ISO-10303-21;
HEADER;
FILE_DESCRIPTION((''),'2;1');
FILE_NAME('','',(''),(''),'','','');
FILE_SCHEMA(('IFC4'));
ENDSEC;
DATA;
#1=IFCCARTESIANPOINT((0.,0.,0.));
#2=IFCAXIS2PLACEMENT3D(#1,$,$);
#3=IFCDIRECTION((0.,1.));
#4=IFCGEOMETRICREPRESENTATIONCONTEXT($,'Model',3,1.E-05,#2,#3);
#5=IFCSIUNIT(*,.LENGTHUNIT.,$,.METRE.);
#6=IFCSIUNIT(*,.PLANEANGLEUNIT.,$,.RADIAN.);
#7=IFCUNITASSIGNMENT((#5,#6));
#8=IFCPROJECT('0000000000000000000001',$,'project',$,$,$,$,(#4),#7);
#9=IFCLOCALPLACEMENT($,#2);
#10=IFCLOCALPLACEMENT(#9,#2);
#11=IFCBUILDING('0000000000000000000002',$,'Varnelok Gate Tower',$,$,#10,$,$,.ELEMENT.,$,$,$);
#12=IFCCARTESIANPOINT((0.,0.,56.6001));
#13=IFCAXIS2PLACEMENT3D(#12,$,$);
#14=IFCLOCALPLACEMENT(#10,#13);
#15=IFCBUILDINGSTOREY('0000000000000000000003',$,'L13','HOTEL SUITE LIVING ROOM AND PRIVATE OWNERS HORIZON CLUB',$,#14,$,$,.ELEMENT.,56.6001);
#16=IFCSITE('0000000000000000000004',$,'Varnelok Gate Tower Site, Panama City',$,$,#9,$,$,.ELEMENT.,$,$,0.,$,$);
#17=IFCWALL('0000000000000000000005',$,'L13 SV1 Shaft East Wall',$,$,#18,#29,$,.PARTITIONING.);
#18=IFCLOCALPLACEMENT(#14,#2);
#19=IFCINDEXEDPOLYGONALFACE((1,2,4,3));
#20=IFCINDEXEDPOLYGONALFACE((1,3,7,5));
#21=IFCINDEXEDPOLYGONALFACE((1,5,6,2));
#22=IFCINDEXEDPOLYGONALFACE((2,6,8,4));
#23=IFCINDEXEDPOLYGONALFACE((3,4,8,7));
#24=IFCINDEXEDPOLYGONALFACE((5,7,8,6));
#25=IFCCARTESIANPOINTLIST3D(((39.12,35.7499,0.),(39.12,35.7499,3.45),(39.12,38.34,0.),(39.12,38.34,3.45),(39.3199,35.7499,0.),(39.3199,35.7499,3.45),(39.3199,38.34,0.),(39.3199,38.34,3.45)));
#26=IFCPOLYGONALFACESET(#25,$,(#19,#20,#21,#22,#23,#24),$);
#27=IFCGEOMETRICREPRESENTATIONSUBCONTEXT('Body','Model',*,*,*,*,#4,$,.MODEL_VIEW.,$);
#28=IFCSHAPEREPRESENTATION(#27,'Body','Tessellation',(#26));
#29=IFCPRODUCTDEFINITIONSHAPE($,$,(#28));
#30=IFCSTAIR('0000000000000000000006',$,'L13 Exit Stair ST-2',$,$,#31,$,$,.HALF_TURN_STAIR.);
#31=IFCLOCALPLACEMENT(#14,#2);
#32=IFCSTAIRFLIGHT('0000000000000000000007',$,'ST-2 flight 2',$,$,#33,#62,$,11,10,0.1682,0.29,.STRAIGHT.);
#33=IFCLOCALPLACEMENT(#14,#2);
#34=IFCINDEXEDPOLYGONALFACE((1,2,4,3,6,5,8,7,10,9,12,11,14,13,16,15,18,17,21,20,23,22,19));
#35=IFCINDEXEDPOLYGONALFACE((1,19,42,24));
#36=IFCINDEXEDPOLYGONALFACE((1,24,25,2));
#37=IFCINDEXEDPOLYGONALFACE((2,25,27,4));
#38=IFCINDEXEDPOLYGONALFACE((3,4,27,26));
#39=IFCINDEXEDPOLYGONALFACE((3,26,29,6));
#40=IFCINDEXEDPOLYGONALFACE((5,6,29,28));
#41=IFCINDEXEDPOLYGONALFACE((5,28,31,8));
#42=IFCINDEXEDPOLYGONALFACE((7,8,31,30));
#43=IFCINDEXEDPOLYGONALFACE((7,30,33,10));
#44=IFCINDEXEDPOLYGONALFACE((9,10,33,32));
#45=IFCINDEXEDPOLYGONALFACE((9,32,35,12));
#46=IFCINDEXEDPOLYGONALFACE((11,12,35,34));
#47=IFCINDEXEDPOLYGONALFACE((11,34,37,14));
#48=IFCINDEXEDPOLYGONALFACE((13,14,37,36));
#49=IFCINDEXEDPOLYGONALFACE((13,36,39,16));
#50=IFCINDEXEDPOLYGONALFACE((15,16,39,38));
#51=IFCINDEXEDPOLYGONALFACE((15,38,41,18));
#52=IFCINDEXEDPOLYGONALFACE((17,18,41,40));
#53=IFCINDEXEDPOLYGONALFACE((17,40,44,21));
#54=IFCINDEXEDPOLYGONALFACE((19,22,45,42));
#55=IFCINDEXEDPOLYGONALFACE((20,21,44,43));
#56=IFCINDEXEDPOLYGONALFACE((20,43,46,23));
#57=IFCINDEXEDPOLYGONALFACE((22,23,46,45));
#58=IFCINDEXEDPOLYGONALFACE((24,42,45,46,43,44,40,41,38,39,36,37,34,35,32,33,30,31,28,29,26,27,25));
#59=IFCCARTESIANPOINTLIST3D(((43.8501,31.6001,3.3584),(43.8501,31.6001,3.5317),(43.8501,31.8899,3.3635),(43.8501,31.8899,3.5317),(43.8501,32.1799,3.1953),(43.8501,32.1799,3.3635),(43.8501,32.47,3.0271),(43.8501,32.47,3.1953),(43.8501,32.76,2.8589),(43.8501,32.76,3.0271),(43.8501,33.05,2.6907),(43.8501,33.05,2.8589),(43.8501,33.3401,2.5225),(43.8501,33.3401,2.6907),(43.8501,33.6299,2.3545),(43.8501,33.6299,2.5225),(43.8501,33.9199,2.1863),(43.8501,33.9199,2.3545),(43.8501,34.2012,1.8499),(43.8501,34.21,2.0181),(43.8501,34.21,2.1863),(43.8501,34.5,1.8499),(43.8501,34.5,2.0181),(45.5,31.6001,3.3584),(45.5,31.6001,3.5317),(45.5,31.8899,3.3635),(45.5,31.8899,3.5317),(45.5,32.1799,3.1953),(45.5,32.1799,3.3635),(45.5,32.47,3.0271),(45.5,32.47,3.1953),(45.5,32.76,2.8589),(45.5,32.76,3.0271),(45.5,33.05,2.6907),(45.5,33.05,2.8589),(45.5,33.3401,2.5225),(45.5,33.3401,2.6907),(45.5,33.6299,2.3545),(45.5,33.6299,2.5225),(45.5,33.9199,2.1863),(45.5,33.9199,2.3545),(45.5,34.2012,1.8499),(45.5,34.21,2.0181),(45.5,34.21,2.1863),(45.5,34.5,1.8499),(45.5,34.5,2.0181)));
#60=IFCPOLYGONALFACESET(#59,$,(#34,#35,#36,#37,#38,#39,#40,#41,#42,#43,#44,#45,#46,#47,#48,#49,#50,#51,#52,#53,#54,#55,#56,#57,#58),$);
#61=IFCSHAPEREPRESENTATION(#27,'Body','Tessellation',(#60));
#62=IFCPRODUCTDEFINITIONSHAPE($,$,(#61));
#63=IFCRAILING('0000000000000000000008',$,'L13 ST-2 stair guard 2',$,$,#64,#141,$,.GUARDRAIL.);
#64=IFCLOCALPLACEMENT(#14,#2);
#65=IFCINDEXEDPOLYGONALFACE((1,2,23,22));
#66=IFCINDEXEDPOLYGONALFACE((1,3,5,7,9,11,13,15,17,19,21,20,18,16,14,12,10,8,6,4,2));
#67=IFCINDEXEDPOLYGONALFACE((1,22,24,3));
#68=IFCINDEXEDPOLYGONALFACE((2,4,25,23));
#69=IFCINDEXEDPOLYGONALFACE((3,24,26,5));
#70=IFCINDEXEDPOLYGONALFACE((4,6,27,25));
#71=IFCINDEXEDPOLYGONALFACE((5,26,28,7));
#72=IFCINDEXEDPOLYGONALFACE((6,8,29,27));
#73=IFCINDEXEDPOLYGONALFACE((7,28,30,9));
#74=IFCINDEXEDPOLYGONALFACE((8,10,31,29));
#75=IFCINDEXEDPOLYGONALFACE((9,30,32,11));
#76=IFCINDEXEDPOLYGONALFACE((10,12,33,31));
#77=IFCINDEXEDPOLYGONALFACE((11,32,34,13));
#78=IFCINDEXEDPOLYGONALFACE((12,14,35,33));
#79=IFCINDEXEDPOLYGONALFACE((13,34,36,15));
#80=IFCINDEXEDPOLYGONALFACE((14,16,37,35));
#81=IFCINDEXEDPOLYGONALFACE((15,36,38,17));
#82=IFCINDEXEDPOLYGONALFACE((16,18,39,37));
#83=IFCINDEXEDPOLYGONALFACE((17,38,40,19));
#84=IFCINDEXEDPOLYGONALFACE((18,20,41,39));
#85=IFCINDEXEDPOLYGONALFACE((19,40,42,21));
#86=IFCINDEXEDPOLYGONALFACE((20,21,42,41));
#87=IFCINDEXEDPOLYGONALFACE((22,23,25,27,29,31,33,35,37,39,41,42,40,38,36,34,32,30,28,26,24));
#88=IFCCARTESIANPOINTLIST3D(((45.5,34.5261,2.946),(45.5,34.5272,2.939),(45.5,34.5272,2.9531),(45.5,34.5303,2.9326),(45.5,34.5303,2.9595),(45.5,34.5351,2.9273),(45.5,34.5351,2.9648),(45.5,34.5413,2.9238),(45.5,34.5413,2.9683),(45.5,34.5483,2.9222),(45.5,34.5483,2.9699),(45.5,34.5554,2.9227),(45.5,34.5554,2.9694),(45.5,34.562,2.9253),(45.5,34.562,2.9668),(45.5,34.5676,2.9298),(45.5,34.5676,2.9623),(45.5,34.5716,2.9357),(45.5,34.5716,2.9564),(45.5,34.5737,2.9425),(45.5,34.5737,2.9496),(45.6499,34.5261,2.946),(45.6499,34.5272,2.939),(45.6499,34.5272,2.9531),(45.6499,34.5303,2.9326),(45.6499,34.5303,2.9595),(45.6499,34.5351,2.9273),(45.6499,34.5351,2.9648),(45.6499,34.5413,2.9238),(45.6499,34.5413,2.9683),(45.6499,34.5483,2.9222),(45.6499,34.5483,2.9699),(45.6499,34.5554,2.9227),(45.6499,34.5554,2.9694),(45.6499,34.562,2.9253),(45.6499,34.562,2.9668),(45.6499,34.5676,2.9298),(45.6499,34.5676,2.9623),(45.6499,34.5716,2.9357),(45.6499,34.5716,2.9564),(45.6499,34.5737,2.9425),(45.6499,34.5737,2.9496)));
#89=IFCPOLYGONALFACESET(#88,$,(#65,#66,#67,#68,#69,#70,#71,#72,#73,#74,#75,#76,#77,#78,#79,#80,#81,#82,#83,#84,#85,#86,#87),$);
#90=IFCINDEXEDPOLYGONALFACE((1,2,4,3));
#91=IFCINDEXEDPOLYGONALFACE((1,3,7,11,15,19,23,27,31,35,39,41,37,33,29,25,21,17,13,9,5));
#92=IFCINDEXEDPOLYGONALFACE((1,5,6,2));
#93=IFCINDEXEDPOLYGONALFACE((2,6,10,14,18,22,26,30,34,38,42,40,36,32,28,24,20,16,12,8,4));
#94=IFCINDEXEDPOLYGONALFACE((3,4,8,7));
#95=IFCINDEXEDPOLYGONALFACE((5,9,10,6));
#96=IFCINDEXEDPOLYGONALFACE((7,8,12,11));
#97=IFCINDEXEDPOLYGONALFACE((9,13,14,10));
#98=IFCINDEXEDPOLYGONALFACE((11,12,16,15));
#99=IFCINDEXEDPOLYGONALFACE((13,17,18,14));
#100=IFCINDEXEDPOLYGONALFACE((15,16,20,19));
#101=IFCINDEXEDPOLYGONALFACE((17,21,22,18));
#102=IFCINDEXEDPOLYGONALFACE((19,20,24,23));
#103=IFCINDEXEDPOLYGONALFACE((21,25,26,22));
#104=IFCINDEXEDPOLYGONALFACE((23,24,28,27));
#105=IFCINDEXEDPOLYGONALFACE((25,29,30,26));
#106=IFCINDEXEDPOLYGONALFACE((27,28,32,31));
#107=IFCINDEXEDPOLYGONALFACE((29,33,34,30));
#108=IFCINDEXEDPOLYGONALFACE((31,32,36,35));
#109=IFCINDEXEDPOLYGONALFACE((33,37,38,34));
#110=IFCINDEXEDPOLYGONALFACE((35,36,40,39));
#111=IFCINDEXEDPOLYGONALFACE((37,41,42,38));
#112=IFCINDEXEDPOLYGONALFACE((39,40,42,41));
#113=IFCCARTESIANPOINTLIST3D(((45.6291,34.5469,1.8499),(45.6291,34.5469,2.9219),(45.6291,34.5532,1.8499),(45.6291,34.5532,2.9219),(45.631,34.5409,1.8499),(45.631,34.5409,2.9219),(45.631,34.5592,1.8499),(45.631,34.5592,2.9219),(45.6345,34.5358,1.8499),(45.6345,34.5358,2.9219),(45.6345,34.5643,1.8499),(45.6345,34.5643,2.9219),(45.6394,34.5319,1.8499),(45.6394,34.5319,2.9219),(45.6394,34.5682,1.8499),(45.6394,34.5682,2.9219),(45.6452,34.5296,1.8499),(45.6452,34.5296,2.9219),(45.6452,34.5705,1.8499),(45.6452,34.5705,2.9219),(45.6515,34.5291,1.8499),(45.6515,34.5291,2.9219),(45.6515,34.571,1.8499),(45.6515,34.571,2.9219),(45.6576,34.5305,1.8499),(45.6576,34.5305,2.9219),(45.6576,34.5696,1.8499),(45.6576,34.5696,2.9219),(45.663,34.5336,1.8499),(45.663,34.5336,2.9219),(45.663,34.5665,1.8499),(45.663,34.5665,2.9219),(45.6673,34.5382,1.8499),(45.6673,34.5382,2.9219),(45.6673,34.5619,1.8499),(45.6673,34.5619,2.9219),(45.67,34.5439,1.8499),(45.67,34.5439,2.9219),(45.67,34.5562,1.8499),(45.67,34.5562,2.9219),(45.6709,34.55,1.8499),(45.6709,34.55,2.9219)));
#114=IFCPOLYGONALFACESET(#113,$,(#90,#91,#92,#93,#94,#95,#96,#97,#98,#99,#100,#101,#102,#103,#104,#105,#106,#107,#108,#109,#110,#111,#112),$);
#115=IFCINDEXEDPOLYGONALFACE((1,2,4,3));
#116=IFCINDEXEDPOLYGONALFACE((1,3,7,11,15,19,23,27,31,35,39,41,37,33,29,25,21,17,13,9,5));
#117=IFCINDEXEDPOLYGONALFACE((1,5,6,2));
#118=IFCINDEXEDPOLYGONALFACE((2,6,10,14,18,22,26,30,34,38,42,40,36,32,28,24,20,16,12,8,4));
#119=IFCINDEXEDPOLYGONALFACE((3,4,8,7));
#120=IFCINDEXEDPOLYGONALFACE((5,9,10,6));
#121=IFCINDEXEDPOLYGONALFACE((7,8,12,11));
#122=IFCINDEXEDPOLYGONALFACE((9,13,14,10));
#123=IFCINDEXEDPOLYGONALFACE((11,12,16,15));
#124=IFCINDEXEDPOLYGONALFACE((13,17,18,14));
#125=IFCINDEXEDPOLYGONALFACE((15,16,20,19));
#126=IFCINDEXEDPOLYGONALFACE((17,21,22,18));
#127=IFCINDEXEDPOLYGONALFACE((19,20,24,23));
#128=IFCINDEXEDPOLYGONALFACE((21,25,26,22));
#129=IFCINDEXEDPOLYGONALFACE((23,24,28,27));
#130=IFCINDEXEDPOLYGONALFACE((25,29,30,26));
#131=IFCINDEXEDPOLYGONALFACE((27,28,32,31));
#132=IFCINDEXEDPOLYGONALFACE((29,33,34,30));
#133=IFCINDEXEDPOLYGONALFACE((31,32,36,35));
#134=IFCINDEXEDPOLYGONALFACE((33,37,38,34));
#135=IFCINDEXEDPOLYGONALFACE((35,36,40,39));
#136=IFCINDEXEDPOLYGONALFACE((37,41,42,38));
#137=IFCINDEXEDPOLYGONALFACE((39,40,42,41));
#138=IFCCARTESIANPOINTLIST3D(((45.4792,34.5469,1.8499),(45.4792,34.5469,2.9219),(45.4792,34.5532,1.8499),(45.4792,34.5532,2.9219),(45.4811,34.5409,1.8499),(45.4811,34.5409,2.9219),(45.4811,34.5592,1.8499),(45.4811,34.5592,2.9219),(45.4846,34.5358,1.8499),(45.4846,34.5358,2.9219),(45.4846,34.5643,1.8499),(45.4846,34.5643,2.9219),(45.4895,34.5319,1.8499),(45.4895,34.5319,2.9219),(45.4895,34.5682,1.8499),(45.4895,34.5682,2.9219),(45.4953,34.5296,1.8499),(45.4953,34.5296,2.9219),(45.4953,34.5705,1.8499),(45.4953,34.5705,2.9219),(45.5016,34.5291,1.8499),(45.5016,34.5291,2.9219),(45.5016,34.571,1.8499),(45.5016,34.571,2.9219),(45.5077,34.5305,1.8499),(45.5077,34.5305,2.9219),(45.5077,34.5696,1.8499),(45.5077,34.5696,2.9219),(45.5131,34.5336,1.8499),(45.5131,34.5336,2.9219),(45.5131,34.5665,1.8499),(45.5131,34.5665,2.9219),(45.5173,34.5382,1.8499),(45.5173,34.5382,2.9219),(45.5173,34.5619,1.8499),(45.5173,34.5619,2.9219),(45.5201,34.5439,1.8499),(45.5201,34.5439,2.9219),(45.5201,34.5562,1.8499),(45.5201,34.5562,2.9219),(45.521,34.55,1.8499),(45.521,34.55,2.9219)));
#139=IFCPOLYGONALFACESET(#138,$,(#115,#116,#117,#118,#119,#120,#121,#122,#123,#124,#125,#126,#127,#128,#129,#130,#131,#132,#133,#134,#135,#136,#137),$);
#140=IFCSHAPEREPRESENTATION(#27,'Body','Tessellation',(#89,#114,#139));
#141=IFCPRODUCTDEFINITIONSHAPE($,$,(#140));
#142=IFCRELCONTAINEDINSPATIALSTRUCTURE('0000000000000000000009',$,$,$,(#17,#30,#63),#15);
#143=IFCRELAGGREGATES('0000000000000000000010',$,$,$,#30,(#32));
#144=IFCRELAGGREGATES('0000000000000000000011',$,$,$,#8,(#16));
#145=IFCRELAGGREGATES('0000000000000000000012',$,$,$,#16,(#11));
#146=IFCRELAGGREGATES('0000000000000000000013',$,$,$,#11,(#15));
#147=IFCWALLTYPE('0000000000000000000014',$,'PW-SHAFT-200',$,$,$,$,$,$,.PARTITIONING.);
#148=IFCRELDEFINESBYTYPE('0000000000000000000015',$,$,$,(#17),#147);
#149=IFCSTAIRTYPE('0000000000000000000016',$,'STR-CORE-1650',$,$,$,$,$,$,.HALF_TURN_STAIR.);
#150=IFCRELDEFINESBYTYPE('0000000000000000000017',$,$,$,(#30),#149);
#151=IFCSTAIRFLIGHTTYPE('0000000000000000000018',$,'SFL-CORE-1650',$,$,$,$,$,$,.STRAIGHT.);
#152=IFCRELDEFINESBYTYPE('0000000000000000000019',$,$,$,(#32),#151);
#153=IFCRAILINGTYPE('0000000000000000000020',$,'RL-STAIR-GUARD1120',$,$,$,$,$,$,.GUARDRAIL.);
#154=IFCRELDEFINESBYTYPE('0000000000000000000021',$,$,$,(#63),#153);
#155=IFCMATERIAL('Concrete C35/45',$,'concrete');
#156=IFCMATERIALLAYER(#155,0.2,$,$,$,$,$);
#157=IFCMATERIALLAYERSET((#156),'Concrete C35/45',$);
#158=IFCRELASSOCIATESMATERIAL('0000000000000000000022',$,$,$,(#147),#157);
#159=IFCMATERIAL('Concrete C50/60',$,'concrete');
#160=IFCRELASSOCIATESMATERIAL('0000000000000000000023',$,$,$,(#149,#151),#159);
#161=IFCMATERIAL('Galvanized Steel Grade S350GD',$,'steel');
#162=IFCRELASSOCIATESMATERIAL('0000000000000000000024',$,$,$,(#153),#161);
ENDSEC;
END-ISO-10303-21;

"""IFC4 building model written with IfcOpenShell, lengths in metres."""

from ifc_helpers import new_model, si_unit, direction, frame, frame_2d, origin, origin_2d, place, context, subcontext, project, spatial, polyline, rectangle, circle, outline, extrude, material, layer, layer_set, type_object, element, aggregate, save


model = new_model("IFC4")

# Units and contexts
model_context = context("Model", 3, precision=1e-05, world=origin(), true_north=direction((0.0, 1.0)))
body_context = subcontext(model_context, "Body", "Model", "MODEL_VIEW")
ifc_project = project(units=[si_unit("LENGTHUNIT", "METRE"), si_unit("PLANEANGLEUNIT", "RADIAN")], contexts=[model_context])

# Site, building, storey
site_placement = place(None, origin())
site = spatial("IfcSite", under=ifc_project, at=site_placement, Name="Varnelok Gate Tower Site, Panama City", CompositionType="ELEMENT", RefElevation=0.0)
building_placement = place(site_placement, origin())
building = spatial("IfcBuilding", under=site, at=building_placement, Name="Varnelok Gate Tower", CompositionType="ELEMENT")
storey_placement = place(building_placement, frame((0.0, 0.0, 56.6001)))
storey = spatial("IfcBuildingStorey", under=building, at=storey_placement, Name="L13", Description="HOTEL SUITE LIVING ROOM AND PRIVATE OWNERS HORIZON CLUB", CompositionType="ELEMENT", Elevation=56.6001)

# Shared definitions
ifc_material_1 = material(Name="Galvanized Steel Grade S350GD", Category="steel")

# Shared definitions
ifc_material_2 = material(Name="Concrete C35/45", Category="concrete")
ifc_layer_1 = layer(ifc_material_2, 0.2)
ifc_layer_set_1 = layer_set([ifc_layer_1], Name="Concrete C35/45")
wall_type_1 = type_object("IfcWallType", Name="PW-SHAFT-200", PredefinedType="PARTITIONING", material=ifc_layer_set_1)

# Wall
wall_1_placement = place(storey_placement, frame((39.22, 35.75, 0.0), z_axis=(0.0, 0.0, 1.0), x_axis=(0.0, 1.0, 0.0)))
element("IfcWall", 1, at=wall_1_placement, inside=storey, type_object=wall_type_1, Name="L13 SV1 Shaft East Wall", PredefinedType="PARTITIONING", context=body_context, shape_type="SweptSolid", body=[
    extrude(rectangle(XDim=2.5901, YDim=0.2, at=frame_2d((1.2949, 0.0))), origin(), (0.0, 0.0, 1.0), 3.45),
])

# Stair, stair flight
ifc_material_3 = material(Name="Concrete C50/60", Category="concrete")
stair_type = type_object("IfcStairType", Name="STR-CORE-1650", PredefinedType="HALF_TURN_STAIR", material=ifc_material_3)
stair_placement = place(storey_placement, origin())
stair = element("IfcStair", 2, at=stair_placement, inside=storey, type_object=stair_type, Name="L13 Exit Stair ST-2", PredefinedType="HALF_TURN_STAIR")
stair_flight_type = type_object("IfcStairFlightType", Name="SFL-CORE-1650", PredefinedType="STRAIGHT", material=ifc_material_3)
stair_flight_placement = place(storey_placement, frame((44.675, 34.5, 1.8499), z_axis=(0.0, 0.0, 1.0), x_axis=(0.0, -1.0, 0.0)))
stair_flight = element("IfcStairFlight", 3, at=stair_flight_placement, type_object=stair_flight_type, Name="ST-2 flight 2", NumberOfRisers=11, NumberOfTreads=10, PredefinedType="STRAIGHT", RiserHeight=0.1682, TreadLength=0.29, context=body_context, shape_type="SweptSolid", body=[
    extrude(outline(polyline([(0.0, 0.0), (0.0, 0.1682), (0.29, 0.1682), (0.29, 0.3364), (0.5801, 0.3364), (0.5801, 0.5046), (0.8701, 0.5046), (0.8701, 0.6726), (1.1599, 0.6726), (1.1599, 0.8408), (1.45, 0.8408), (1.45, 1.009), (1.74, 1.009), (1.74, 1.1772), (2.03, 1.1772), (2.03, 1.3455), (2.3201, 1.3455), (2.3201, 1.5137), (2.6101, 1.5137), (2.6101, 1.6819), (2.8999, 1.6819), (2.8999, 1.8501), (2.8999, 1.5085), (0.2988, 0.0), (0.0, 0.0)])), frame((0.0, 0.825, 0.0), z_axis=(0.0, -1.0, 0.0), x_axis=(1.0, 0.0, 0.0)), (0.0, 0.0, 1.0), 1.6499),
])
aggregate(stair, [stair_flight])

# Railing
railing_type_1 = type_object("IfcRailingType", Name="RL-STAIR-GUARD1120", PredefinedType="GUARDRAIL", material=ifc_material_1)
railing_1_placement = place(storey_placement, frame((45.6499, 34.55, 1.8499)))
element("IfcRailing", 4, at=railing_1_placement, inside=storey, type_object=railing_type_1, Name="L13 ST-2 stair guard 2", PredefinedType="GUARDRAIL", context=body_context, shape_type="SweptSolid", body=[
    extrude(circle(Radius=0.0239, at=origin_2d()), frame((0.0, 0.0, 1.0962), z_axis=(-1.0, 0.0, 0.0), x_axis=(0.0, -1.0, 0.0)), (0.0, 0.0, 1.0), 0.1499),
    extrude(circle(Radius=0.021, at=origin_2d()), origin(), (0.0, 0.0, 1.0), 1.072),
    extrude(circle(Radius=0.021, at=origin_2d()), frame((-0.1499, 0.0, 0.0)), (0.0, 0.0, 1.0), 1.072),
])

save(model, "model.ifc")
